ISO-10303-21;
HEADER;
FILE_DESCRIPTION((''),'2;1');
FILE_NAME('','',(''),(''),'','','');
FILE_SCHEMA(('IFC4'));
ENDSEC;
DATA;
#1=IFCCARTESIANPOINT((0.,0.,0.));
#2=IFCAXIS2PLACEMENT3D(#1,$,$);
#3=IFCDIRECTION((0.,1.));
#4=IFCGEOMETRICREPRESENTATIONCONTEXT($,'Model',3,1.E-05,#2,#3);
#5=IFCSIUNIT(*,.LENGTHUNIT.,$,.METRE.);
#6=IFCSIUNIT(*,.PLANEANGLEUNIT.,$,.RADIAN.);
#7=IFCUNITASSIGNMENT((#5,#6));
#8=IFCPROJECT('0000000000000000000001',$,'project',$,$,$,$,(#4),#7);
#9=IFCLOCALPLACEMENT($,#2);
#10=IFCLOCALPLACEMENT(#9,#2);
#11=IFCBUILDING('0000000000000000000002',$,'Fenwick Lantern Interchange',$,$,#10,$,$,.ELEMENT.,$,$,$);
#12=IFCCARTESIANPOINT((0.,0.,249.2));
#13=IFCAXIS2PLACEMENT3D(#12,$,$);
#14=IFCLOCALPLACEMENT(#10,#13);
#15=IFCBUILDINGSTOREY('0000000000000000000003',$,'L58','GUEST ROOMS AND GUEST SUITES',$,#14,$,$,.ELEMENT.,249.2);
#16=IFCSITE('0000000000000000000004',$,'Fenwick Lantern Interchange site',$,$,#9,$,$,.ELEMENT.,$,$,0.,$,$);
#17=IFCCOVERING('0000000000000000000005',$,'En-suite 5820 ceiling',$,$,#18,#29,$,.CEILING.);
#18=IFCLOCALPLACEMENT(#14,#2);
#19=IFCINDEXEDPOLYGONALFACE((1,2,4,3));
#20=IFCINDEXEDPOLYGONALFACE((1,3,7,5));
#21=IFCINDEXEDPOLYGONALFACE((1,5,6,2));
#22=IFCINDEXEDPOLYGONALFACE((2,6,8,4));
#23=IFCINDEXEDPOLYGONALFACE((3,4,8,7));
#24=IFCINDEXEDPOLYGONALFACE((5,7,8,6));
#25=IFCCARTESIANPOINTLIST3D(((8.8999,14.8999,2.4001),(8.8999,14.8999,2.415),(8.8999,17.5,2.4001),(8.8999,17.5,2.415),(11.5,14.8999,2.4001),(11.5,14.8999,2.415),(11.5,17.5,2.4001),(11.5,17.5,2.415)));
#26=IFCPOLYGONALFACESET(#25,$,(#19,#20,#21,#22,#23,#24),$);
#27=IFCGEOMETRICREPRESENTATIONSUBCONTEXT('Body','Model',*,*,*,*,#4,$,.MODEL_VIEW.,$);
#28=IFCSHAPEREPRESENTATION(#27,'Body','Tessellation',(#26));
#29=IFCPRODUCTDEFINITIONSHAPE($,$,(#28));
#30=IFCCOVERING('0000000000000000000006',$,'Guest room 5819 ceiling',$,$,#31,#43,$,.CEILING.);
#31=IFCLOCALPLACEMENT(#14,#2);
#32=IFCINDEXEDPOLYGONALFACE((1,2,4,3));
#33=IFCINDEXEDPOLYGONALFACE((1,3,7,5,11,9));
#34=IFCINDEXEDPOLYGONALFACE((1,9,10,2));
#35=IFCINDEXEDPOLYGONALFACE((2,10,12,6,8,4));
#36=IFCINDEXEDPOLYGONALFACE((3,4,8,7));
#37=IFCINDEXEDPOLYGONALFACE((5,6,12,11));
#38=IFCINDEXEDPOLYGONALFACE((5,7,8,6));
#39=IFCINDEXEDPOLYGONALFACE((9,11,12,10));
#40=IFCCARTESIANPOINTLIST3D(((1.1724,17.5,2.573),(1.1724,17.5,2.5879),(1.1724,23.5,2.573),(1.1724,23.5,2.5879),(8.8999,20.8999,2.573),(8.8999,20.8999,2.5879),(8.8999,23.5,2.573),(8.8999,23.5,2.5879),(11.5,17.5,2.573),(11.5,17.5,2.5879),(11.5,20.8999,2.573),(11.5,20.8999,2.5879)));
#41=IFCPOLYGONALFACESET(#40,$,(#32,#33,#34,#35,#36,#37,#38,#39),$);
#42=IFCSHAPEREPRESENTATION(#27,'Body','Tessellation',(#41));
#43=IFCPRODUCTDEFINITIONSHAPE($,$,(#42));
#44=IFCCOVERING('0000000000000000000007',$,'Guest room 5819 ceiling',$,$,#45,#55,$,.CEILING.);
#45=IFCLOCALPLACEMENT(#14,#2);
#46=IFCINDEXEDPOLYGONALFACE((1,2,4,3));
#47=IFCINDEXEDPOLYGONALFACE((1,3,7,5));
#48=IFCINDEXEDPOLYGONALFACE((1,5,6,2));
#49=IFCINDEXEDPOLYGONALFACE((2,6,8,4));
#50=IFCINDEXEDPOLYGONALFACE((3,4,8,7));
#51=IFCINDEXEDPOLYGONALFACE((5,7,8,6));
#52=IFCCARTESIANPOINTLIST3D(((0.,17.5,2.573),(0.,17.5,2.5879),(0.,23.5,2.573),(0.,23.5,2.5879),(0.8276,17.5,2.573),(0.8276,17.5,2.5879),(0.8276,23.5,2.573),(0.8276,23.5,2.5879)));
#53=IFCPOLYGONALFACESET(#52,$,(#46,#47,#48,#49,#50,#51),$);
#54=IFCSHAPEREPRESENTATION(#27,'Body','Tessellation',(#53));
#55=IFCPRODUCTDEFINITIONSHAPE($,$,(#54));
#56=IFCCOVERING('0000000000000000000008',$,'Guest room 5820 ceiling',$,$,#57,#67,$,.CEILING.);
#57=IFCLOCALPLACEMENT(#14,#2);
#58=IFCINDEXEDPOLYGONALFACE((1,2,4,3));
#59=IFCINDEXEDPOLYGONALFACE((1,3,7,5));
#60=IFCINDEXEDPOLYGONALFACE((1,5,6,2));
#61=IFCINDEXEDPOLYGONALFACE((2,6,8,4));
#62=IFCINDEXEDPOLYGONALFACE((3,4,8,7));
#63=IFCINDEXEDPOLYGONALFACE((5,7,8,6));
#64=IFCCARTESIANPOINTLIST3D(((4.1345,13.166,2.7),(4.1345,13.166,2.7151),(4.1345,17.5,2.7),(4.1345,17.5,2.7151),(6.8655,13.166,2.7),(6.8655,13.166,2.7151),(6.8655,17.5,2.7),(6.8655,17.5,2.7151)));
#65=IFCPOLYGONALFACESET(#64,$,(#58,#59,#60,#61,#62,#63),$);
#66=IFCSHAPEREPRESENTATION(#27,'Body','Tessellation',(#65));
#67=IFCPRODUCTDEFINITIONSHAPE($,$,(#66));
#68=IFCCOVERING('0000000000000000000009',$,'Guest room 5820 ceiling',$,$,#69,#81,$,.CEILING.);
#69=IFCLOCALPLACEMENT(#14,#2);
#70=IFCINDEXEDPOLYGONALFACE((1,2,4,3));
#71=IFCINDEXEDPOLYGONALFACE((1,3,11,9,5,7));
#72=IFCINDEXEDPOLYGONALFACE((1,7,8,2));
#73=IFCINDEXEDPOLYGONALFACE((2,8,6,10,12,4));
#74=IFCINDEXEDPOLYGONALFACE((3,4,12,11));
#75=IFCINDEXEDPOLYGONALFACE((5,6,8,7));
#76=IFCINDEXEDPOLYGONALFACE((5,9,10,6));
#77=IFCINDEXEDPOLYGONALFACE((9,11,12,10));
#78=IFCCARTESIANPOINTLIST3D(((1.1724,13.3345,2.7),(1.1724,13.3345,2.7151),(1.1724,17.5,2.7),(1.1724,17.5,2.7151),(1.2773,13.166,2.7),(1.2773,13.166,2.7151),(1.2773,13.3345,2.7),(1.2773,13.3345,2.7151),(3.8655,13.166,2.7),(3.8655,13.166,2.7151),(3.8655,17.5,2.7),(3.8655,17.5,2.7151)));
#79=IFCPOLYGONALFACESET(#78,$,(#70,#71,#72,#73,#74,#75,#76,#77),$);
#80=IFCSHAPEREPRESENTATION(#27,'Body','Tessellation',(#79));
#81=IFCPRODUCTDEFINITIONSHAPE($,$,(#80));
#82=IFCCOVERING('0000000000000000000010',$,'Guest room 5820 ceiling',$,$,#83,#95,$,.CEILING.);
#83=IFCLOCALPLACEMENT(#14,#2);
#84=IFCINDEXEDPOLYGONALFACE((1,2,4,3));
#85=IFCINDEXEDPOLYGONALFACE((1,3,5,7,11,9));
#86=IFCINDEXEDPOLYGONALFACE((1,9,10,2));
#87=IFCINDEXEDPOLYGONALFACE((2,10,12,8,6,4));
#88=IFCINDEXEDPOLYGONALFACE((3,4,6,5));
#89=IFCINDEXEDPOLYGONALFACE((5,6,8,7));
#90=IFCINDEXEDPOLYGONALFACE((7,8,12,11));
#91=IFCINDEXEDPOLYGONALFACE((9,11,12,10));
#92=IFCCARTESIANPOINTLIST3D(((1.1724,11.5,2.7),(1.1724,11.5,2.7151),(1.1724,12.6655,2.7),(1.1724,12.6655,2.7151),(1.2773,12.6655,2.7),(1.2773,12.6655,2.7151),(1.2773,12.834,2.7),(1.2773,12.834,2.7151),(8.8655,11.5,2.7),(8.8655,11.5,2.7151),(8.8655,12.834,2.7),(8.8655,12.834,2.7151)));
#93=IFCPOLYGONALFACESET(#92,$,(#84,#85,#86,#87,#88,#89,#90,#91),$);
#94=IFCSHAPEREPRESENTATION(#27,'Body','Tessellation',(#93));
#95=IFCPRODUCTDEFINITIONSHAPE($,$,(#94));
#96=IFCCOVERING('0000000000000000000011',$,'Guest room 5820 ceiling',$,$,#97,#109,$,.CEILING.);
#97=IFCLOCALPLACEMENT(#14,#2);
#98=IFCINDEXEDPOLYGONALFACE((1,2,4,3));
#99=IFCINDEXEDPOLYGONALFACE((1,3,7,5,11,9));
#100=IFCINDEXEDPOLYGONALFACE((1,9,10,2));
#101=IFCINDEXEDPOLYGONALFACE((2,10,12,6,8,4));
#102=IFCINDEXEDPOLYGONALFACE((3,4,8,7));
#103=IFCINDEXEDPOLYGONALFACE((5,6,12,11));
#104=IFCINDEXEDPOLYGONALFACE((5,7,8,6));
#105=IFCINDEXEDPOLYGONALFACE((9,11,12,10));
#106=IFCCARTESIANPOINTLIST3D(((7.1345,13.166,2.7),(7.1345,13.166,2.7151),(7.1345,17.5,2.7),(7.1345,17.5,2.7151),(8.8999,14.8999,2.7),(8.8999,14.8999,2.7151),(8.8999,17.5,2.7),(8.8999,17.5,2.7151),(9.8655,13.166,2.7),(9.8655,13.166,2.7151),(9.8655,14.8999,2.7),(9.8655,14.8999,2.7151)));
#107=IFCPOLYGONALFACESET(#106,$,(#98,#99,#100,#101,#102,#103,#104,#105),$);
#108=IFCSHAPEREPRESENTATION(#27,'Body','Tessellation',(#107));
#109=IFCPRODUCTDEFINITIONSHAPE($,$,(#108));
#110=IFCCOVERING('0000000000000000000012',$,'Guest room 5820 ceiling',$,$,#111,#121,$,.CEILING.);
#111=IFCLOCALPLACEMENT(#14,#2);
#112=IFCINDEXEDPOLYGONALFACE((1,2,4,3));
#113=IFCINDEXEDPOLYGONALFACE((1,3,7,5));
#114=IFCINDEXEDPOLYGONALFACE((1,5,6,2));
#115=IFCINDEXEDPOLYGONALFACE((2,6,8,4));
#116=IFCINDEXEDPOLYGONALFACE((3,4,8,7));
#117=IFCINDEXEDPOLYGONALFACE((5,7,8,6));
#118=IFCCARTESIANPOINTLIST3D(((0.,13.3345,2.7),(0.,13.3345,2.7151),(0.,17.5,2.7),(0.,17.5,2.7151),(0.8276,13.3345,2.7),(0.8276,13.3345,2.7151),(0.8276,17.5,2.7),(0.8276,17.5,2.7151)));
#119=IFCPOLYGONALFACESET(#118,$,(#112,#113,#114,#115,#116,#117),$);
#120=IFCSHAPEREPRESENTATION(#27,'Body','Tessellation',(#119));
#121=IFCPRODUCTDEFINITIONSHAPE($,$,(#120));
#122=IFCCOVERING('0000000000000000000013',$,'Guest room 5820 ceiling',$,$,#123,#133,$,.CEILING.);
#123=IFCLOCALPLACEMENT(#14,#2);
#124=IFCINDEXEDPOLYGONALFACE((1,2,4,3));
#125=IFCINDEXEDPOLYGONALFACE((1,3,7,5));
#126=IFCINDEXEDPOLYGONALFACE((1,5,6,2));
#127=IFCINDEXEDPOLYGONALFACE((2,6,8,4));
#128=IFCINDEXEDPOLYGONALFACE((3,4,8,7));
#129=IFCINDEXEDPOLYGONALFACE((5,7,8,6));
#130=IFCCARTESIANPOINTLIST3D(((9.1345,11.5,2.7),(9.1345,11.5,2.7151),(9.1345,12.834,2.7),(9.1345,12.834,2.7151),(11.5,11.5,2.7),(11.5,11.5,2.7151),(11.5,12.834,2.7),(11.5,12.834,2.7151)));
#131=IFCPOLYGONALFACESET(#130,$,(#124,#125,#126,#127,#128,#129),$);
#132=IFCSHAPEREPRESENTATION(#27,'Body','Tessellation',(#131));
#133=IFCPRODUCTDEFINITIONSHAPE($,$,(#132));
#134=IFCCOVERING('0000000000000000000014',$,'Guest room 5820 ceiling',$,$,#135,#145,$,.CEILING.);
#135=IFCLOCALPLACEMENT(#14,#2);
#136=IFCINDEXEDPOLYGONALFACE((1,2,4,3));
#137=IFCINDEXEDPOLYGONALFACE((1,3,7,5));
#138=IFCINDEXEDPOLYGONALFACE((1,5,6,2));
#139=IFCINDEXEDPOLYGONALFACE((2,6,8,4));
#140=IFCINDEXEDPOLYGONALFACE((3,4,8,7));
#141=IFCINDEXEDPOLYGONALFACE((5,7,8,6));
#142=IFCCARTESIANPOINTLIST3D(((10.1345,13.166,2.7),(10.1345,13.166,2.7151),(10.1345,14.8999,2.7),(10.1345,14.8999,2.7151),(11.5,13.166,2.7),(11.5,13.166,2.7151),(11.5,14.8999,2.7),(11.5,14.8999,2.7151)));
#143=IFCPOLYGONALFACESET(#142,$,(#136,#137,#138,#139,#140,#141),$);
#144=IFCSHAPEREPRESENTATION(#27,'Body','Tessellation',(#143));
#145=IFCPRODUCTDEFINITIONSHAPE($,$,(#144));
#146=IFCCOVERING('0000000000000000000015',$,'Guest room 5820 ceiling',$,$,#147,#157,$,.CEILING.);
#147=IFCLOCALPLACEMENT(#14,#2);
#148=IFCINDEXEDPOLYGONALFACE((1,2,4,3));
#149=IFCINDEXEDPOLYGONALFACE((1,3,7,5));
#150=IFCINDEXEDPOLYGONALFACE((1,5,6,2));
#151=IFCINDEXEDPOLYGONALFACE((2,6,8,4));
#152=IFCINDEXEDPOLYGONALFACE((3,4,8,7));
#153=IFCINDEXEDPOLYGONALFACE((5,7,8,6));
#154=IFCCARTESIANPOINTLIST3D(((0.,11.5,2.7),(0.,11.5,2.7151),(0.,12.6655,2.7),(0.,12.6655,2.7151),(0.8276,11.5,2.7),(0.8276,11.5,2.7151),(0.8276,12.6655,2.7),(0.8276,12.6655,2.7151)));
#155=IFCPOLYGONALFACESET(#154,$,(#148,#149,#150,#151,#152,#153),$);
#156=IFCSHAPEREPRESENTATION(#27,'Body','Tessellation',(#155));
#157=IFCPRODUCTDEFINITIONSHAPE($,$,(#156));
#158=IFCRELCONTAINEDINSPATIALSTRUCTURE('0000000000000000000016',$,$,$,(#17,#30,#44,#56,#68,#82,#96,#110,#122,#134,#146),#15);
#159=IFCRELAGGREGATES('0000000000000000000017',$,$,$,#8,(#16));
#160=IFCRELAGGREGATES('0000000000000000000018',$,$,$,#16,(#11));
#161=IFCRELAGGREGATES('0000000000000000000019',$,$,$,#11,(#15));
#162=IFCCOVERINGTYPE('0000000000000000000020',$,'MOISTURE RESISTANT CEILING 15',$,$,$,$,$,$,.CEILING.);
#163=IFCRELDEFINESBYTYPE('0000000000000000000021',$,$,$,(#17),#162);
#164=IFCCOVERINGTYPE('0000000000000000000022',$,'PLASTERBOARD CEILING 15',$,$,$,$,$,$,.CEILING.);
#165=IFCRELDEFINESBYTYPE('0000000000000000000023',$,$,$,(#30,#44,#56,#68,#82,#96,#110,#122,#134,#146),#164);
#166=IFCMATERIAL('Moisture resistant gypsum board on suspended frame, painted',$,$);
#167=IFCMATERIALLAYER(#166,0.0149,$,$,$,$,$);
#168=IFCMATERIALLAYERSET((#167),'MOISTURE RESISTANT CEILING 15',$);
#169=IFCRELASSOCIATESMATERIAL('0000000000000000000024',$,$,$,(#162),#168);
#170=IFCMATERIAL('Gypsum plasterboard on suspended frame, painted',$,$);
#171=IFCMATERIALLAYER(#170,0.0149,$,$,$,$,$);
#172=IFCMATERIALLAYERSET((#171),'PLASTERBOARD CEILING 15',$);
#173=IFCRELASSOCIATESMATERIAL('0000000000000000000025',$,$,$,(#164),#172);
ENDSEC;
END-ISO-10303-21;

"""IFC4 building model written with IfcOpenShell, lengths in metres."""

from ifc_helpers import new_model, si_unit, direction, frame, origin, place, context, subcontext, project, spatial, polyline, outline, extrude, material, layer, layer_set, type_object, element, save


model = new_model("IFC4")

# Units and contexts
model_context = context("Model", 3, precision=1e-05, world=origin(), true_north=direction((0.0, 1.0)))
body_context = subcontext(model_context, "Body", "Model", "MODEL_VIEW")
ifc_project = project(units=[si_unit("LENGTHUNIT", "METRE"), si_unit("PLANEANGLEUNIT", "RADIAN")], contexts=[model_context])

# Site, building, storey
site_placement = place(None, origin())
site = spatial("IfcSite", under=ifc_project, at=site_placement, Name="Fenwick Lantern Interchange site", CompositionType="ELEMENT", RefElevation=0.0)
building_placement = place(site_placement, origin())
building = spatial("IfcBuilding", under=site, at=building_placement, Name="Fenwick Lantern Interchange", CompositionType="ELEMENT")
storey_placement = place(building_placement, frame((0.0, 0.0, 249.2)))
storey = spatial("IfcBuildingStorey", under=building, at=storey_placement, Name="L58", Description="GUEST ROOMS AND GUEST SUITES", CompositionType="ELEMENT", Elevation=249.2)

# Coverings
ifc_material_1 = material(Name="Moisture resistant gypsum board on suspended frame, painted")
ifc_layer_1 = layer(ifc_material_1, 0.0149)
ifc_layer_set_1 = layer_set([ifc_layer_1], Name="MOISTURE RESISTANT CEILING 15")
covering_type_1 = type_object("IfcCoveringType", Name="MOISTURE RESISTANT CEILING 15", PredefinedType="CEILING", material=ifc_layer_set_1)
covering_1_placement = place(storey_placement, frame((0.0, 0.0, 2.4001)))
element("IfcCovering", 1, at=covering_1_placement, inside=storey, type_object=covering_type_1, Name="En-suite 5820 ceiling", PredefinedType="CEILING", context=body_context, shape_type="SweptSolid", body=[
    extrude(outline(polyline([(8.8999, 17.5), (8.8999, 14.8999), (11.5, 14.8999), (11.5, 17.5), (8.8999, 17.5)])), origin(), (0.0, 0.0, 1.0), 0.0149),
])
ifc_material_2 = material(Name="Gypsum plasterboard on suspended frame, painted")
ifc_layer_2 = layer(ifc_material_2, 0.0149)
ifc_layer_set_2 = layer_set([ifc_layer_2], Name="PLASTERBOARD CEILING 15")
covering_type_2 = type_object("IfcCoveringType", Name="PLASTERBOARD CEILING 15", PredefinedType="CEILING", material=ifc_layer_set_2)
covering_2_placement = place(storey_placement, frame((0.0, 0.0, 2.573)))
element("IfcCovering", 2, at=covering_2_placement, inside=storey, type_object=covering_type_2, Name="Guest room 5819 ceiling", PredefinedType="CEILING", context=body_context, shape_type="SweptSolid", body=[
    extrude(outline(polyline([(1.1724, 17.5), (11.5, 17.5), (11.5, 20.8999), (8.8999, 20.8999), (8.8999, 23.5), (1.1724, 23.5), (1.1724, 17.5)])), origin(), (0.0, 0.0, 1.0), 0.0149),
])
covering_3_placement = place(storey_placement, frame((0.0, 0.0, 2.573)))
element("IfcCovering", 3, at=covering_3_placement, inside=storey, type_object=covering_type_2, Name="Guest room 5819 ceiling", PredefinedType="CEILING", context=body_context, shape_type="SweptSolid", body=[
    extrude(outline(polyline([(0.0, 17.5), (0.8276, 17.5), (0.8276, 23.5), (0.0, 23.5), (0.0, 17.5)])), origin(), (0.0, 0.0, 1.0), 0.0149),
])
covering_4_placement = place(storey_placement, frame((0.0, 0.0, 2.7)))
element("IfcCovering", 4, at=covering_4_placement, inside=storey, type_object=covering_type_2, Name="Guest room 5820 ceiling", PredefinedType="CEILING", context=body_context, shape_type="SweptSolid", body=[
    extrude(outline(polyline([(6.8655, 17.5), (4.1345, 17.5), (4.1345, 13.166), (6.8655, 13.166), (6.8655, 17.5)])), origin(), (0.0, 0.0, 1.0), 0.0151),
])
covering_5_placement = place(storey_placement, frame((0.0, 0.0, 2.7)))
element("IfcCovering", 5, at=covering_5_placement, inside=storey, type_object=covering_type_2, Name="Guest room 5820 ceiling", PredefinedType="CEILING", context=body_context, shape_type="SweptSolid", body=[
    extrude(outline(polyline([(1.2773, 13.3345), (1.2773, 13.166), (3.8655, 13.166), (3.8655, 17.5), (1.1724, 17.5), (1.1724, 13.3345), (1.2773, 13.3345)])), origin(), (0.0, 0.0, 1.0), 0.0151),
])
covering_6_placement = place(storey_placement, frame((0.0, 0.0, 2.7)))
element("IfcCovering", 6, at=covering_6_placement, inside=storey, type_object=covering_type_2, Name="Guest room 5820 ceiling", PredefinedType="CEILING", context=body_context, shape_type="SweptSolid", body=[
    extrude(outline(polyline([(1.2773, 12.6655), (1.1724, 12.6655), (1.1724, 11.5), (8.8655, 11.5), (8.8655, 12.834), (1.2773, 12.834), (1.2773, 12.6655)])), origin(), (0.0, 0.0, 1.0), 0.0151),
])
covering_7_placement = place(storey_placement, frame((0.0, 0.0, 2.7)))
element("IfcCovering", 7, at=covering_7_placement, inside=storey, type_object=covering_type_2, Name="Guest room 5820 ceiling", PredefinedType="CEILING", context=body_context, shape_type="SweptSolid", body=[
    extrude(outline(polyline([(8.8999, 17.5), (7.1345, 17.5), (7.1345, 13.166), (9.8655, 13.166), (9.8655, 14.8999), (8.8999, 14.8999), (8.8999, 17.5)])), origin(), (0.0, 0.0, 1.0), 0.0151),
])
covering_8_placement = place(storey_placement, frame((0.0, 0.0, 2.7)))
element("IfcCovering", 8, at=covering_8_placement, inside=storey, type_object=covering_type_2, Name="Guest room 5820 ceiling", PredefinedType="CEILING", context=body_context, shape_type="SweptSolid", body=[
    extrude(outline(polyline([(0.0, 13.3345), (0.8276, 13.3345), (0.8276, 17.5), (0.0, 17.5), (0.0, 13.3345)])), origin(), (0.0, 0.0, 1.0), 0.0151),
])
covering_9_placement = place(storey_placement, frame((0.0, 0.0, 2.7)))
element("IfcCovering", 9, at=covering_9_placement, inside=storey, type_object=covering_type_2, Name="Guest room 5820 ceiling", PredefinedType="CEILING", context=body_context, shape_type="SweptSolid", body=[
    extrude(outline(polyline([(11.5, 11.5), (11.5, 12.834), (9.1345, 12.834), (9.1345, 11.5), (11.5, 11.5)])), origin(), (0.0, 0.0, 1.0), 0.0151),
])
covering_10_placement = place(storey_placement, frame((0.0, 0.0, 2.7)))
element("IfcCovering", 10, at=covering_10_placement, inside=storey, type_object=covering_type_2, Name="Guest room 5820 ceiling", PredefinedType="CEILING", context=body_context, shape_type="SweptSolid", body=[
    extrude(outline(polyline([(11.5, 14.8999), (10.1345, 14.8999), (10.1345, 13.166), (11.5, 13.166), (11.5, 14.8999)])), origin(), (0.0, 0.0, 1.0), 0.0151),
])
covering_11_placement = place(storey_placement, frame((0.0, 0.0, 2.7)))
element("IfcCovering", 11, at=covering_11_placement, inside=storey, type_object=covering_type_2, Name="Guest room 5820 ceiling", PredefinedType="CEILING", context=body_context, shape_type="SweptSolid", body=[
    extrude(outline(polyline([(0.0, 12.6655), (0.0, 11.5), (0.8276, 11.5), (0.8276, 12.6655), (0.0, 12.6655)])), origin(), (0.0, 0.0, 1.0), 0.0151),
])

save(model, "model.ifc")
